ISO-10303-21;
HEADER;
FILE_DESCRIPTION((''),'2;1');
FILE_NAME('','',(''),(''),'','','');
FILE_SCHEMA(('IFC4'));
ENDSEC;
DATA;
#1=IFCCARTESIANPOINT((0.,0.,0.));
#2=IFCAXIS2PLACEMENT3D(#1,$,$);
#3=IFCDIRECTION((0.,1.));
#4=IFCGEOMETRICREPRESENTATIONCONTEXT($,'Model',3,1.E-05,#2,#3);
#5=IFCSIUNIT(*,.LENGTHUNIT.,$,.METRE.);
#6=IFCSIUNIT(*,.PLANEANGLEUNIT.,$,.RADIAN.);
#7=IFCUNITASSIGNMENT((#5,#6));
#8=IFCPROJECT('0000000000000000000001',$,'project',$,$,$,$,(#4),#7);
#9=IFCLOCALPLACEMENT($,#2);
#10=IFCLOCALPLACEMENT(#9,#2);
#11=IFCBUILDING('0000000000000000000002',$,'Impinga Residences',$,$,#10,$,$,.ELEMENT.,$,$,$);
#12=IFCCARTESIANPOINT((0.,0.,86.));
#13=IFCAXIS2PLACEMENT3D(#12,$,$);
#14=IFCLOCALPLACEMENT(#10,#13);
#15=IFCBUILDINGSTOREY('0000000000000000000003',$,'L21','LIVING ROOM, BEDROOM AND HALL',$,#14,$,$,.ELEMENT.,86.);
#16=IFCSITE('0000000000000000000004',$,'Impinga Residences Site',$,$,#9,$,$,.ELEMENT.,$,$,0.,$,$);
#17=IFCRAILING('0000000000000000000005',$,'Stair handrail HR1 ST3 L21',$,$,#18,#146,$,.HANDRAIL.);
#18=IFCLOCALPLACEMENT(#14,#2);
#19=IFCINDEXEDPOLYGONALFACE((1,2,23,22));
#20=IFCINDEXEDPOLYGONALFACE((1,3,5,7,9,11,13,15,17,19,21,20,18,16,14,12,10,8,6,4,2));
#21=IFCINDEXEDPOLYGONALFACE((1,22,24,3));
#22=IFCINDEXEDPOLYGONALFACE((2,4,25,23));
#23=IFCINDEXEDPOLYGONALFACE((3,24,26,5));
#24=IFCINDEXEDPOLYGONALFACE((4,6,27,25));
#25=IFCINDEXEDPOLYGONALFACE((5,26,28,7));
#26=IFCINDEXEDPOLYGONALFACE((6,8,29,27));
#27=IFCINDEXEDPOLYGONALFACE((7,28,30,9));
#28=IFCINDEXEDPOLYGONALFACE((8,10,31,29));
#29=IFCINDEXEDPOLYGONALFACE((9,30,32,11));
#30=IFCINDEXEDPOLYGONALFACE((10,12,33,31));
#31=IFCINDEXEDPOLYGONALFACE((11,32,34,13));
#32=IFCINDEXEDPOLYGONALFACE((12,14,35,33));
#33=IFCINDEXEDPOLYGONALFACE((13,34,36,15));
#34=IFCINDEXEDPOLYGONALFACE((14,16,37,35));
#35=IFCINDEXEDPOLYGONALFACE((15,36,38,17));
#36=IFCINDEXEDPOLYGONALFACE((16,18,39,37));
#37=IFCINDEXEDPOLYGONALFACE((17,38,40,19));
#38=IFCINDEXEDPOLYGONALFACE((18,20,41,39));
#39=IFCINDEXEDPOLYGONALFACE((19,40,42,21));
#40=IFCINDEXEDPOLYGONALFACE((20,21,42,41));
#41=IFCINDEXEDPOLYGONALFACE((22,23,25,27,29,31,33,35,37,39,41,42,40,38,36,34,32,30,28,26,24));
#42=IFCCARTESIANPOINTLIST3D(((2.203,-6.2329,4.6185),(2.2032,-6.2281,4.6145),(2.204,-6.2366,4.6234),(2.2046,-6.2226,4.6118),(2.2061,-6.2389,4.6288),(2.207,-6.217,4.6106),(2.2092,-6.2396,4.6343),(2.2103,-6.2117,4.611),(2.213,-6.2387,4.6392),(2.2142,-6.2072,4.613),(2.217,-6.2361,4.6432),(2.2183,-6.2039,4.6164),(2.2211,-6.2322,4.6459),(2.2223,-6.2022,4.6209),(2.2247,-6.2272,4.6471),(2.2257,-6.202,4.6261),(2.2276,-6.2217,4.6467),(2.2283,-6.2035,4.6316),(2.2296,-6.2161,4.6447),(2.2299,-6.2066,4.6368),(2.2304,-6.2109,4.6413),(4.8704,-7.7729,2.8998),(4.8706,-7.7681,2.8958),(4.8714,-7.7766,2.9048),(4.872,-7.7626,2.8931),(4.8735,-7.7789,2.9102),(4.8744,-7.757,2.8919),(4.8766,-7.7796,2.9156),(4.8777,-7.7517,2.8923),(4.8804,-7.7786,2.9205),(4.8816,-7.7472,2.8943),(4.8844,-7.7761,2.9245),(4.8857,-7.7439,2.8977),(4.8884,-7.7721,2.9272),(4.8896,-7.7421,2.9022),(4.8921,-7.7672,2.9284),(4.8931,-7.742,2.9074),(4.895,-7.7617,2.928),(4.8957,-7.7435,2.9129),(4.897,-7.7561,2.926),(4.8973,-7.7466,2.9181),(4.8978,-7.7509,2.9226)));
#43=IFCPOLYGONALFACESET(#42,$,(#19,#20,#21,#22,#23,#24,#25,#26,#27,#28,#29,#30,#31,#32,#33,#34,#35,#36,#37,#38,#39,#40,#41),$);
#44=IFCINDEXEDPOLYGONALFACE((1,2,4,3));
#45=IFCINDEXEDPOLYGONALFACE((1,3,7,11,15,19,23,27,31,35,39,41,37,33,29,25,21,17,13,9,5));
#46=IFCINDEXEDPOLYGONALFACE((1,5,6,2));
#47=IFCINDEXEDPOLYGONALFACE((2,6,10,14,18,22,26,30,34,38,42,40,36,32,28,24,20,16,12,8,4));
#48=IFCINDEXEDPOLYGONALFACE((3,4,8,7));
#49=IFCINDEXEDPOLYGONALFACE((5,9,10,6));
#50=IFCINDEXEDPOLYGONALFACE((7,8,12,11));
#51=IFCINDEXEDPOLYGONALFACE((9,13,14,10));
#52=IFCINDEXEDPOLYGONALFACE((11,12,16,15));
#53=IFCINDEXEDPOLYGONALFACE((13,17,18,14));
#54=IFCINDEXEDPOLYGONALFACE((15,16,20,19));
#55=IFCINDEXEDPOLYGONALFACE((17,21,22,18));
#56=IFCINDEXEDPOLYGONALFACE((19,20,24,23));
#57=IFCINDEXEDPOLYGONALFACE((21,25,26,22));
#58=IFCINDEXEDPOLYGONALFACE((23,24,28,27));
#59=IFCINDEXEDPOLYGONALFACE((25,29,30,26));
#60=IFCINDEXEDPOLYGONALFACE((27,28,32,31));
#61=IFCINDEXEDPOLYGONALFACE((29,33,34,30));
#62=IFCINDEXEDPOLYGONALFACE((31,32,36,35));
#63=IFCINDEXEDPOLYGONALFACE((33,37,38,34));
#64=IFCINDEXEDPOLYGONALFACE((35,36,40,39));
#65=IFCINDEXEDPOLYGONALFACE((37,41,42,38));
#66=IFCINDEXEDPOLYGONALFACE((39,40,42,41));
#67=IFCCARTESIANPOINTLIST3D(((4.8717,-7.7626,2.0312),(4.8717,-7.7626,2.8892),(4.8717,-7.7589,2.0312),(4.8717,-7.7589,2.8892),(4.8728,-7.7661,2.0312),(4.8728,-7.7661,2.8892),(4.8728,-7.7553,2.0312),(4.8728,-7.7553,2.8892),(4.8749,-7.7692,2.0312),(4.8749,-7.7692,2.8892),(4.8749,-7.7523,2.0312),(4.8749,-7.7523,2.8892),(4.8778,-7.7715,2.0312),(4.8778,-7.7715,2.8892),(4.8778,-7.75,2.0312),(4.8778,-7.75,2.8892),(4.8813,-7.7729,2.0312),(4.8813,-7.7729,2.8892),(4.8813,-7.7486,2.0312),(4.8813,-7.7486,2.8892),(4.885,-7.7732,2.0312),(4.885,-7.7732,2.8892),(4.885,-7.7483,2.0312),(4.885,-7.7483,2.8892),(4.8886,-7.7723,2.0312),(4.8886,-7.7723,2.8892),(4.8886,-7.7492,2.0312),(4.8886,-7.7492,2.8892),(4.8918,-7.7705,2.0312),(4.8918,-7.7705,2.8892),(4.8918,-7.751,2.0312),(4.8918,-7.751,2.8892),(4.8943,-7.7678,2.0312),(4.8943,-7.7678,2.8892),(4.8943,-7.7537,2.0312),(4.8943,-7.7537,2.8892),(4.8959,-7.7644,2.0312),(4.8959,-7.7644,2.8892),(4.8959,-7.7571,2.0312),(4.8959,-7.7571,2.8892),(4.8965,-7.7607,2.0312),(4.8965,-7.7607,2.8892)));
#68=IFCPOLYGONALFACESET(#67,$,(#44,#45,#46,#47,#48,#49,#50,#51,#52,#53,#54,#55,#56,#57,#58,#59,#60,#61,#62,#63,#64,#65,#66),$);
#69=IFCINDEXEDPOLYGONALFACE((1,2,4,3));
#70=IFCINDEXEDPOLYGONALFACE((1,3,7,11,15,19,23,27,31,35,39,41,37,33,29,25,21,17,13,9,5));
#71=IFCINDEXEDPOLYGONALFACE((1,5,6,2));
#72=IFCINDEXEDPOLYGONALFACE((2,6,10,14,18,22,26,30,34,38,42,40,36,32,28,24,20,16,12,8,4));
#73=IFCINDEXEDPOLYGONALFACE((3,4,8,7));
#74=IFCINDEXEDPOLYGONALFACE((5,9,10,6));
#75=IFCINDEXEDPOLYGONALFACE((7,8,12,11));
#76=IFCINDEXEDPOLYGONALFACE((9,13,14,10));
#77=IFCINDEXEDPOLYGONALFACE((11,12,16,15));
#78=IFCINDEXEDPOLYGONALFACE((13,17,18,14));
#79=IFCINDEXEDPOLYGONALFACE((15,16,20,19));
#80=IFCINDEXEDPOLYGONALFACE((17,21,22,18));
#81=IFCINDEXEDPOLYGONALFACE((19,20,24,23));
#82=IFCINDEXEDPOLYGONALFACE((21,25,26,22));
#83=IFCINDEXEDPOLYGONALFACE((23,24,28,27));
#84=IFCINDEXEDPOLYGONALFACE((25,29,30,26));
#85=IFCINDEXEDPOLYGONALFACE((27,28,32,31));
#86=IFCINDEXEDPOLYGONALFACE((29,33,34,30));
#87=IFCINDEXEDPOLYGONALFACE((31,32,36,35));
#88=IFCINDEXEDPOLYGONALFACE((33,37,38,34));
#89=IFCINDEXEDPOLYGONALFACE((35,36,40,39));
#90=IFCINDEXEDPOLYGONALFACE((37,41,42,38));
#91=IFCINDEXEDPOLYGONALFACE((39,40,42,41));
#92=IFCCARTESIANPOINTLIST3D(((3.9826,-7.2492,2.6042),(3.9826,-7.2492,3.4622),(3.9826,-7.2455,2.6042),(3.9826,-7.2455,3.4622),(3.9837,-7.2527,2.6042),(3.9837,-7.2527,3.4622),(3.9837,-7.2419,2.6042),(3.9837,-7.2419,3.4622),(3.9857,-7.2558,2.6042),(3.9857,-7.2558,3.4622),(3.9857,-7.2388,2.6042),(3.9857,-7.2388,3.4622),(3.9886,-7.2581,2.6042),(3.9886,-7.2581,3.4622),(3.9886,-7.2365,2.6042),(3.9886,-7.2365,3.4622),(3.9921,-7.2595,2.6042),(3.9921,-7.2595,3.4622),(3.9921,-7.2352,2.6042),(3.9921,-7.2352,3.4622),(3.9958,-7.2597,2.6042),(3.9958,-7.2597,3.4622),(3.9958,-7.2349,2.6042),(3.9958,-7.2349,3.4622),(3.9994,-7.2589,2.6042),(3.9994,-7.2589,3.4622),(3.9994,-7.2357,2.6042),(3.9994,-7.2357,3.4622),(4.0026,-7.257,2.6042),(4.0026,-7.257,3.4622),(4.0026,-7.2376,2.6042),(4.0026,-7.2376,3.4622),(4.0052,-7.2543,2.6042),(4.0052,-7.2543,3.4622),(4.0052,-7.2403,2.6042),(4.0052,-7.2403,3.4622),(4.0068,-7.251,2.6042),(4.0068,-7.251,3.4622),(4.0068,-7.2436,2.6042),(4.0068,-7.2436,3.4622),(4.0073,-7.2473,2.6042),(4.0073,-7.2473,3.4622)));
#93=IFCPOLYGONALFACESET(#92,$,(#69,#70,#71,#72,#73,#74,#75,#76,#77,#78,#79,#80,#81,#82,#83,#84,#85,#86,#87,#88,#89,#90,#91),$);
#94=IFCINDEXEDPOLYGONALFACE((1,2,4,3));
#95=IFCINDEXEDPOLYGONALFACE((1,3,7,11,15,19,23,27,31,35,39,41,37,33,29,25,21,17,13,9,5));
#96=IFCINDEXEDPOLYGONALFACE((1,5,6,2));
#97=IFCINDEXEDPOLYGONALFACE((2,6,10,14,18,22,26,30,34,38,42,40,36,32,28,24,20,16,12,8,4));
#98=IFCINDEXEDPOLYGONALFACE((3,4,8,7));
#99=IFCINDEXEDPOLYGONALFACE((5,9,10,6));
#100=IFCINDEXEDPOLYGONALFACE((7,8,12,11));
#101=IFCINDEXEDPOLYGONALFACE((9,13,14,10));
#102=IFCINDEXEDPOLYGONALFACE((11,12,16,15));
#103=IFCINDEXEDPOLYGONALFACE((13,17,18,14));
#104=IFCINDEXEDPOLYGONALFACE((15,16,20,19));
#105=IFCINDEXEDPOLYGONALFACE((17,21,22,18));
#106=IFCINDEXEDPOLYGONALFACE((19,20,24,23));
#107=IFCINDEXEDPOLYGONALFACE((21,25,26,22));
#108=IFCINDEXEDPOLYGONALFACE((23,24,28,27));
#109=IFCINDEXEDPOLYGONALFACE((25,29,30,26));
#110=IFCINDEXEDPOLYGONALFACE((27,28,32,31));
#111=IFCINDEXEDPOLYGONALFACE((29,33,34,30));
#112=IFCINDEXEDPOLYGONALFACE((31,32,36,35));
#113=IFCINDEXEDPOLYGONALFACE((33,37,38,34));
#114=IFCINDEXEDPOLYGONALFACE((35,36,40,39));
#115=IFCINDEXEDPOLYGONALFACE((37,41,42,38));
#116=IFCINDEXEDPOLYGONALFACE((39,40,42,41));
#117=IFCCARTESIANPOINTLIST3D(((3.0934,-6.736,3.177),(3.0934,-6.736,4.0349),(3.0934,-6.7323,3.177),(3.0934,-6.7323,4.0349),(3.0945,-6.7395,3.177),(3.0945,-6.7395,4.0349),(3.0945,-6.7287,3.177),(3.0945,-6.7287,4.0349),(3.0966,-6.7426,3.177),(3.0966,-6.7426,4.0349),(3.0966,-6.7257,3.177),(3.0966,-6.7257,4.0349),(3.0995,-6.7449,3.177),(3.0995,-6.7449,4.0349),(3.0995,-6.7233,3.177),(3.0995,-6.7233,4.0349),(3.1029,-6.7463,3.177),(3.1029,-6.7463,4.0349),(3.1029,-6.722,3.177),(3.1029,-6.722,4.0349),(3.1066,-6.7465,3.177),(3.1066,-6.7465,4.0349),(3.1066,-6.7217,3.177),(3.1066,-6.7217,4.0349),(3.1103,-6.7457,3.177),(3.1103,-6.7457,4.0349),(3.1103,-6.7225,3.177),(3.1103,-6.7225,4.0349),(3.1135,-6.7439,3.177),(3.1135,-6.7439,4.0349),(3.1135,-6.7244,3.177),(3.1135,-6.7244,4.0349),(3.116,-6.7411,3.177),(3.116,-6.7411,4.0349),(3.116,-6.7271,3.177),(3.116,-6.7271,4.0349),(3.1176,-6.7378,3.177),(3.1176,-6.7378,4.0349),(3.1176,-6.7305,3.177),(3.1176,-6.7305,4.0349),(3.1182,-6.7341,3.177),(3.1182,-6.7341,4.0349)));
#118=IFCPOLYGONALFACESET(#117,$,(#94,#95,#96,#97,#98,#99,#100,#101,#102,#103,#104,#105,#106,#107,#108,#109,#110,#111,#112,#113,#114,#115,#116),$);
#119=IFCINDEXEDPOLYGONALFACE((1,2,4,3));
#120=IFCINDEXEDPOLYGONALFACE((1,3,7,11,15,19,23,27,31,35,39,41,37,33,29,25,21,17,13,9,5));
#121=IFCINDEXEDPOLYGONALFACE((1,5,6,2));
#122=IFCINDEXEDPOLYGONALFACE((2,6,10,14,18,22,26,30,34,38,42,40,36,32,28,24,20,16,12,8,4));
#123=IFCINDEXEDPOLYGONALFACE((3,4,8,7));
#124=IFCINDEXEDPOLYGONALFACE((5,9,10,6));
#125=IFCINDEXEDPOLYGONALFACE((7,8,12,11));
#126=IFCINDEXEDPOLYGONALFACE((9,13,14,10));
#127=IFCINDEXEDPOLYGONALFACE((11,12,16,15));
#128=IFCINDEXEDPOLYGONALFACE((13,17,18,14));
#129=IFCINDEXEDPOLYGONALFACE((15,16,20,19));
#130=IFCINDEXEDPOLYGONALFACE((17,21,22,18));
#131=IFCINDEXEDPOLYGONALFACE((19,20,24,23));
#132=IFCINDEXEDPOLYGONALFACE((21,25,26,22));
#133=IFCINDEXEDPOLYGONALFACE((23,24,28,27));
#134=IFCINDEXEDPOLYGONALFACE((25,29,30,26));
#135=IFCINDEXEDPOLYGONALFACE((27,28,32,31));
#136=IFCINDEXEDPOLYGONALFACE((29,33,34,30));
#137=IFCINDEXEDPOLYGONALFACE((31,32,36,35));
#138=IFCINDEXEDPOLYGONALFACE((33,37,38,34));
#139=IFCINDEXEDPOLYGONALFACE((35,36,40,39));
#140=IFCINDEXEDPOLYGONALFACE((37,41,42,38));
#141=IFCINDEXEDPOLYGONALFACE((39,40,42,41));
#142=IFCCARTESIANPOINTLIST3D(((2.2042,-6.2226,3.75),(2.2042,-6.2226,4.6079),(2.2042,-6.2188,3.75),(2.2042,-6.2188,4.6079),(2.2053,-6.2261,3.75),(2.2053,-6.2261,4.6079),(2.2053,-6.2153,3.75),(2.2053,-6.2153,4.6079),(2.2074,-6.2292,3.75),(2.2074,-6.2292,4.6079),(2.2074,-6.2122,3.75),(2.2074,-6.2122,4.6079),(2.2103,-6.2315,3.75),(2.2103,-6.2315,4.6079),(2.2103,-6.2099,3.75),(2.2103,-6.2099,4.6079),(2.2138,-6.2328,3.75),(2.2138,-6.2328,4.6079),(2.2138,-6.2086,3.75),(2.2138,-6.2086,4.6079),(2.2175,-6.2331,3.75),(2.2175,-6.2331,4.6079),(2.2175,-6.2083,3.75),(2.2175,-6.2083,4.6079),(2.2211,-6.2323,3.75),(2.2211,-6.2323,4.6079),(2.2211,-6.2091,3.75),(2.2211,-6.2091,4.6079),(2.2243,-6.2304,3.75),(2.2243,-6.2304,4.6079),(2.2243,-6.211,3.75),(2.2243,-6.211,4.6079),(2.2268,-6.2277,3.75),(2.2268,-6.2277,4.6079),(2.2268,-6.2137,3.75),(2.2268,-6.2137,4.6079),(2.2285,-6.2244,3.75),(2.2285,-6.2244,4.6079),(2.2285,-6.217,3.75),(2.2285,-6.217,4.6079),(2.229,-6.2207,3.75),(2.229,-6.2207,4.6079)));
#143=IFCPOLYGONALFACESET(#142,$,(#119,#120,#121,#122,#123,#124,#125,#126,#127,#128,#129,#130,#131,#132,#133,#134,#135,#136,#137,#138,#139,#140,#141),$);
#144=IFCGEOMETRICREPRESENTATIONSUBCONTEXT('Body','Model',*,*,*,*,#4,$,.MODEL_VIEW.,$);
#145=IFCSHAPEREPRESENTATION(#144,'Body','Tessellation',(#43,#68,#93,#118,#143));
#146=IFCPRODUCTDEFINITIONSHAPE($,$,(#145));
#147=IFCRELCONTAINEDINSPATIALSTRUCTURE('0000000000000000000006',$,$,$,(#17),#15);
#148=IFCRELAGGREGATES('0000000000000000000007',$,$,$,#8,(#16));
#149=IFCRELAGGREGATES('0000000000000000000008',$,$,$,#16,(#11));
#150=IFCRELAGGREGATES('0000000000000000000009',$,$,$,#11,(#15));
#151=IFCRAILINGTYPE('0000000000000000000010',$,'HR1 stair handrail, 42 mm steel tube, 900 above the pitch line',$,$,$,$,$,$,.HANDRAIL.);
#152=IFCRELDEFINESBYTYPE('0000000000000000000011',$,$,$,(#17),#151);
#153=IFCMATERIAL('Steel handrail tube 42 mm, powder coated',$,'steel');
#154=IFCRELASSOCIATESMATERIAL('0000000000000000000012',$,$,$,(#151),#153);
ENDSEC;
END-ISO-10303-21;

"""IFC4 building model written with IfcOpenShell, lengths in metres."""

from ifc_helpers import new_model, si_unit, direction, frame, origin, origin_2d, place, context, subcontext, project, spatial, circle, extrude, material, type_object, element, save


model = new_model("IFC4")

# Units and contexts
model_context = context("Model", 3, precision=1e-05, world=origin(), true_north=direction((0.0, 1.0)))
body_context = subcontext(model_context, "Body", "Model", "MODEL_VIEW")
ifc_project = project(units=[si_unit("LENGTHUNIT", "METRE"), si_unit("PLANEANGLEUNIT", "RADIAN")], contexts=[model_context])

# Site, building, storey
site_placement = place(None, origin())
site = spatial("IfcSite", under=ifc_project, at=site_placement, Name="Impinga Residences Site", CompositionType="ELEMENT", RefElevation=0.0)
building_placement = place(site_placement, origin())
building = spatial("IfcBuilding", under=site, at=building_placement, Name="Impinga Residences", CompositionType="ELEMENT")
storey_placement = place(building_placement, frame((0.0, 0.0, 86.0)))
storey = spatial("IfcBuildingStorey", under=building, at=storey_placement, Name="L21", Description="LIVING ROOM, BEDROOM AND HALL", CompositionType="ELEMENT", Elevation=86.0)

# Railing
ifc_material_1 = material(Name="Steel handrail tube 42 mm, powder coated", Category="steel")
railing_type_1 = type_object("IfcRailingType", Name="HR1 stair handrail, 42 mm steel tube, 900 above the pitch line", PredefinedType="HANDRAIL", material=ifc_material_1)
railing_1_placement = place(storey_placement, frame((4.884, -7.7607, 2.0312)))
element("IfcRailing", 1, at=railing_1_placement, inside=storey, type_object=railing_type_1, Name="Stair handrail HR1 ST3 L21", PredefinedType="HANDRAIL", context=body_context, shape_type="SweptSolid", body=[
    extrude(circle(Radius=0.021, at=origin_2d()), frame((0.0, 0.0, 0.8789), z_axis=(-0.756256, 0.436616, 0.487282), x_axis=(-0.499992, -0.86603, 0.0)), (0.0, 0.0, 1.0), 3.5271),
    extrude(circle(Radius=0.0125, at=origin_2d()), origin(), (0.0, 0.0, 1.0), 0.8579),
    extrude(circle(Radius=0.0125, at=origin_2d()), frame((-0.8892, 0.5134, 0.573)), (0.0, 0.0, 1.0), 0.8579),
    extrude(circle(Radius=0.0125, at=origin_2d()), frame((-1.7783, 1.0266, 1.1458)), (0.0, 0.0, 1.0), 0.8579),
    extrude(circle(Radius=0.0125, at=origin_2d()), frame((-2.6675, 1.54, 1.7188)), (0.0, 0.0, 1.0), 0.8579),
])

save(model, "model.ifc")
